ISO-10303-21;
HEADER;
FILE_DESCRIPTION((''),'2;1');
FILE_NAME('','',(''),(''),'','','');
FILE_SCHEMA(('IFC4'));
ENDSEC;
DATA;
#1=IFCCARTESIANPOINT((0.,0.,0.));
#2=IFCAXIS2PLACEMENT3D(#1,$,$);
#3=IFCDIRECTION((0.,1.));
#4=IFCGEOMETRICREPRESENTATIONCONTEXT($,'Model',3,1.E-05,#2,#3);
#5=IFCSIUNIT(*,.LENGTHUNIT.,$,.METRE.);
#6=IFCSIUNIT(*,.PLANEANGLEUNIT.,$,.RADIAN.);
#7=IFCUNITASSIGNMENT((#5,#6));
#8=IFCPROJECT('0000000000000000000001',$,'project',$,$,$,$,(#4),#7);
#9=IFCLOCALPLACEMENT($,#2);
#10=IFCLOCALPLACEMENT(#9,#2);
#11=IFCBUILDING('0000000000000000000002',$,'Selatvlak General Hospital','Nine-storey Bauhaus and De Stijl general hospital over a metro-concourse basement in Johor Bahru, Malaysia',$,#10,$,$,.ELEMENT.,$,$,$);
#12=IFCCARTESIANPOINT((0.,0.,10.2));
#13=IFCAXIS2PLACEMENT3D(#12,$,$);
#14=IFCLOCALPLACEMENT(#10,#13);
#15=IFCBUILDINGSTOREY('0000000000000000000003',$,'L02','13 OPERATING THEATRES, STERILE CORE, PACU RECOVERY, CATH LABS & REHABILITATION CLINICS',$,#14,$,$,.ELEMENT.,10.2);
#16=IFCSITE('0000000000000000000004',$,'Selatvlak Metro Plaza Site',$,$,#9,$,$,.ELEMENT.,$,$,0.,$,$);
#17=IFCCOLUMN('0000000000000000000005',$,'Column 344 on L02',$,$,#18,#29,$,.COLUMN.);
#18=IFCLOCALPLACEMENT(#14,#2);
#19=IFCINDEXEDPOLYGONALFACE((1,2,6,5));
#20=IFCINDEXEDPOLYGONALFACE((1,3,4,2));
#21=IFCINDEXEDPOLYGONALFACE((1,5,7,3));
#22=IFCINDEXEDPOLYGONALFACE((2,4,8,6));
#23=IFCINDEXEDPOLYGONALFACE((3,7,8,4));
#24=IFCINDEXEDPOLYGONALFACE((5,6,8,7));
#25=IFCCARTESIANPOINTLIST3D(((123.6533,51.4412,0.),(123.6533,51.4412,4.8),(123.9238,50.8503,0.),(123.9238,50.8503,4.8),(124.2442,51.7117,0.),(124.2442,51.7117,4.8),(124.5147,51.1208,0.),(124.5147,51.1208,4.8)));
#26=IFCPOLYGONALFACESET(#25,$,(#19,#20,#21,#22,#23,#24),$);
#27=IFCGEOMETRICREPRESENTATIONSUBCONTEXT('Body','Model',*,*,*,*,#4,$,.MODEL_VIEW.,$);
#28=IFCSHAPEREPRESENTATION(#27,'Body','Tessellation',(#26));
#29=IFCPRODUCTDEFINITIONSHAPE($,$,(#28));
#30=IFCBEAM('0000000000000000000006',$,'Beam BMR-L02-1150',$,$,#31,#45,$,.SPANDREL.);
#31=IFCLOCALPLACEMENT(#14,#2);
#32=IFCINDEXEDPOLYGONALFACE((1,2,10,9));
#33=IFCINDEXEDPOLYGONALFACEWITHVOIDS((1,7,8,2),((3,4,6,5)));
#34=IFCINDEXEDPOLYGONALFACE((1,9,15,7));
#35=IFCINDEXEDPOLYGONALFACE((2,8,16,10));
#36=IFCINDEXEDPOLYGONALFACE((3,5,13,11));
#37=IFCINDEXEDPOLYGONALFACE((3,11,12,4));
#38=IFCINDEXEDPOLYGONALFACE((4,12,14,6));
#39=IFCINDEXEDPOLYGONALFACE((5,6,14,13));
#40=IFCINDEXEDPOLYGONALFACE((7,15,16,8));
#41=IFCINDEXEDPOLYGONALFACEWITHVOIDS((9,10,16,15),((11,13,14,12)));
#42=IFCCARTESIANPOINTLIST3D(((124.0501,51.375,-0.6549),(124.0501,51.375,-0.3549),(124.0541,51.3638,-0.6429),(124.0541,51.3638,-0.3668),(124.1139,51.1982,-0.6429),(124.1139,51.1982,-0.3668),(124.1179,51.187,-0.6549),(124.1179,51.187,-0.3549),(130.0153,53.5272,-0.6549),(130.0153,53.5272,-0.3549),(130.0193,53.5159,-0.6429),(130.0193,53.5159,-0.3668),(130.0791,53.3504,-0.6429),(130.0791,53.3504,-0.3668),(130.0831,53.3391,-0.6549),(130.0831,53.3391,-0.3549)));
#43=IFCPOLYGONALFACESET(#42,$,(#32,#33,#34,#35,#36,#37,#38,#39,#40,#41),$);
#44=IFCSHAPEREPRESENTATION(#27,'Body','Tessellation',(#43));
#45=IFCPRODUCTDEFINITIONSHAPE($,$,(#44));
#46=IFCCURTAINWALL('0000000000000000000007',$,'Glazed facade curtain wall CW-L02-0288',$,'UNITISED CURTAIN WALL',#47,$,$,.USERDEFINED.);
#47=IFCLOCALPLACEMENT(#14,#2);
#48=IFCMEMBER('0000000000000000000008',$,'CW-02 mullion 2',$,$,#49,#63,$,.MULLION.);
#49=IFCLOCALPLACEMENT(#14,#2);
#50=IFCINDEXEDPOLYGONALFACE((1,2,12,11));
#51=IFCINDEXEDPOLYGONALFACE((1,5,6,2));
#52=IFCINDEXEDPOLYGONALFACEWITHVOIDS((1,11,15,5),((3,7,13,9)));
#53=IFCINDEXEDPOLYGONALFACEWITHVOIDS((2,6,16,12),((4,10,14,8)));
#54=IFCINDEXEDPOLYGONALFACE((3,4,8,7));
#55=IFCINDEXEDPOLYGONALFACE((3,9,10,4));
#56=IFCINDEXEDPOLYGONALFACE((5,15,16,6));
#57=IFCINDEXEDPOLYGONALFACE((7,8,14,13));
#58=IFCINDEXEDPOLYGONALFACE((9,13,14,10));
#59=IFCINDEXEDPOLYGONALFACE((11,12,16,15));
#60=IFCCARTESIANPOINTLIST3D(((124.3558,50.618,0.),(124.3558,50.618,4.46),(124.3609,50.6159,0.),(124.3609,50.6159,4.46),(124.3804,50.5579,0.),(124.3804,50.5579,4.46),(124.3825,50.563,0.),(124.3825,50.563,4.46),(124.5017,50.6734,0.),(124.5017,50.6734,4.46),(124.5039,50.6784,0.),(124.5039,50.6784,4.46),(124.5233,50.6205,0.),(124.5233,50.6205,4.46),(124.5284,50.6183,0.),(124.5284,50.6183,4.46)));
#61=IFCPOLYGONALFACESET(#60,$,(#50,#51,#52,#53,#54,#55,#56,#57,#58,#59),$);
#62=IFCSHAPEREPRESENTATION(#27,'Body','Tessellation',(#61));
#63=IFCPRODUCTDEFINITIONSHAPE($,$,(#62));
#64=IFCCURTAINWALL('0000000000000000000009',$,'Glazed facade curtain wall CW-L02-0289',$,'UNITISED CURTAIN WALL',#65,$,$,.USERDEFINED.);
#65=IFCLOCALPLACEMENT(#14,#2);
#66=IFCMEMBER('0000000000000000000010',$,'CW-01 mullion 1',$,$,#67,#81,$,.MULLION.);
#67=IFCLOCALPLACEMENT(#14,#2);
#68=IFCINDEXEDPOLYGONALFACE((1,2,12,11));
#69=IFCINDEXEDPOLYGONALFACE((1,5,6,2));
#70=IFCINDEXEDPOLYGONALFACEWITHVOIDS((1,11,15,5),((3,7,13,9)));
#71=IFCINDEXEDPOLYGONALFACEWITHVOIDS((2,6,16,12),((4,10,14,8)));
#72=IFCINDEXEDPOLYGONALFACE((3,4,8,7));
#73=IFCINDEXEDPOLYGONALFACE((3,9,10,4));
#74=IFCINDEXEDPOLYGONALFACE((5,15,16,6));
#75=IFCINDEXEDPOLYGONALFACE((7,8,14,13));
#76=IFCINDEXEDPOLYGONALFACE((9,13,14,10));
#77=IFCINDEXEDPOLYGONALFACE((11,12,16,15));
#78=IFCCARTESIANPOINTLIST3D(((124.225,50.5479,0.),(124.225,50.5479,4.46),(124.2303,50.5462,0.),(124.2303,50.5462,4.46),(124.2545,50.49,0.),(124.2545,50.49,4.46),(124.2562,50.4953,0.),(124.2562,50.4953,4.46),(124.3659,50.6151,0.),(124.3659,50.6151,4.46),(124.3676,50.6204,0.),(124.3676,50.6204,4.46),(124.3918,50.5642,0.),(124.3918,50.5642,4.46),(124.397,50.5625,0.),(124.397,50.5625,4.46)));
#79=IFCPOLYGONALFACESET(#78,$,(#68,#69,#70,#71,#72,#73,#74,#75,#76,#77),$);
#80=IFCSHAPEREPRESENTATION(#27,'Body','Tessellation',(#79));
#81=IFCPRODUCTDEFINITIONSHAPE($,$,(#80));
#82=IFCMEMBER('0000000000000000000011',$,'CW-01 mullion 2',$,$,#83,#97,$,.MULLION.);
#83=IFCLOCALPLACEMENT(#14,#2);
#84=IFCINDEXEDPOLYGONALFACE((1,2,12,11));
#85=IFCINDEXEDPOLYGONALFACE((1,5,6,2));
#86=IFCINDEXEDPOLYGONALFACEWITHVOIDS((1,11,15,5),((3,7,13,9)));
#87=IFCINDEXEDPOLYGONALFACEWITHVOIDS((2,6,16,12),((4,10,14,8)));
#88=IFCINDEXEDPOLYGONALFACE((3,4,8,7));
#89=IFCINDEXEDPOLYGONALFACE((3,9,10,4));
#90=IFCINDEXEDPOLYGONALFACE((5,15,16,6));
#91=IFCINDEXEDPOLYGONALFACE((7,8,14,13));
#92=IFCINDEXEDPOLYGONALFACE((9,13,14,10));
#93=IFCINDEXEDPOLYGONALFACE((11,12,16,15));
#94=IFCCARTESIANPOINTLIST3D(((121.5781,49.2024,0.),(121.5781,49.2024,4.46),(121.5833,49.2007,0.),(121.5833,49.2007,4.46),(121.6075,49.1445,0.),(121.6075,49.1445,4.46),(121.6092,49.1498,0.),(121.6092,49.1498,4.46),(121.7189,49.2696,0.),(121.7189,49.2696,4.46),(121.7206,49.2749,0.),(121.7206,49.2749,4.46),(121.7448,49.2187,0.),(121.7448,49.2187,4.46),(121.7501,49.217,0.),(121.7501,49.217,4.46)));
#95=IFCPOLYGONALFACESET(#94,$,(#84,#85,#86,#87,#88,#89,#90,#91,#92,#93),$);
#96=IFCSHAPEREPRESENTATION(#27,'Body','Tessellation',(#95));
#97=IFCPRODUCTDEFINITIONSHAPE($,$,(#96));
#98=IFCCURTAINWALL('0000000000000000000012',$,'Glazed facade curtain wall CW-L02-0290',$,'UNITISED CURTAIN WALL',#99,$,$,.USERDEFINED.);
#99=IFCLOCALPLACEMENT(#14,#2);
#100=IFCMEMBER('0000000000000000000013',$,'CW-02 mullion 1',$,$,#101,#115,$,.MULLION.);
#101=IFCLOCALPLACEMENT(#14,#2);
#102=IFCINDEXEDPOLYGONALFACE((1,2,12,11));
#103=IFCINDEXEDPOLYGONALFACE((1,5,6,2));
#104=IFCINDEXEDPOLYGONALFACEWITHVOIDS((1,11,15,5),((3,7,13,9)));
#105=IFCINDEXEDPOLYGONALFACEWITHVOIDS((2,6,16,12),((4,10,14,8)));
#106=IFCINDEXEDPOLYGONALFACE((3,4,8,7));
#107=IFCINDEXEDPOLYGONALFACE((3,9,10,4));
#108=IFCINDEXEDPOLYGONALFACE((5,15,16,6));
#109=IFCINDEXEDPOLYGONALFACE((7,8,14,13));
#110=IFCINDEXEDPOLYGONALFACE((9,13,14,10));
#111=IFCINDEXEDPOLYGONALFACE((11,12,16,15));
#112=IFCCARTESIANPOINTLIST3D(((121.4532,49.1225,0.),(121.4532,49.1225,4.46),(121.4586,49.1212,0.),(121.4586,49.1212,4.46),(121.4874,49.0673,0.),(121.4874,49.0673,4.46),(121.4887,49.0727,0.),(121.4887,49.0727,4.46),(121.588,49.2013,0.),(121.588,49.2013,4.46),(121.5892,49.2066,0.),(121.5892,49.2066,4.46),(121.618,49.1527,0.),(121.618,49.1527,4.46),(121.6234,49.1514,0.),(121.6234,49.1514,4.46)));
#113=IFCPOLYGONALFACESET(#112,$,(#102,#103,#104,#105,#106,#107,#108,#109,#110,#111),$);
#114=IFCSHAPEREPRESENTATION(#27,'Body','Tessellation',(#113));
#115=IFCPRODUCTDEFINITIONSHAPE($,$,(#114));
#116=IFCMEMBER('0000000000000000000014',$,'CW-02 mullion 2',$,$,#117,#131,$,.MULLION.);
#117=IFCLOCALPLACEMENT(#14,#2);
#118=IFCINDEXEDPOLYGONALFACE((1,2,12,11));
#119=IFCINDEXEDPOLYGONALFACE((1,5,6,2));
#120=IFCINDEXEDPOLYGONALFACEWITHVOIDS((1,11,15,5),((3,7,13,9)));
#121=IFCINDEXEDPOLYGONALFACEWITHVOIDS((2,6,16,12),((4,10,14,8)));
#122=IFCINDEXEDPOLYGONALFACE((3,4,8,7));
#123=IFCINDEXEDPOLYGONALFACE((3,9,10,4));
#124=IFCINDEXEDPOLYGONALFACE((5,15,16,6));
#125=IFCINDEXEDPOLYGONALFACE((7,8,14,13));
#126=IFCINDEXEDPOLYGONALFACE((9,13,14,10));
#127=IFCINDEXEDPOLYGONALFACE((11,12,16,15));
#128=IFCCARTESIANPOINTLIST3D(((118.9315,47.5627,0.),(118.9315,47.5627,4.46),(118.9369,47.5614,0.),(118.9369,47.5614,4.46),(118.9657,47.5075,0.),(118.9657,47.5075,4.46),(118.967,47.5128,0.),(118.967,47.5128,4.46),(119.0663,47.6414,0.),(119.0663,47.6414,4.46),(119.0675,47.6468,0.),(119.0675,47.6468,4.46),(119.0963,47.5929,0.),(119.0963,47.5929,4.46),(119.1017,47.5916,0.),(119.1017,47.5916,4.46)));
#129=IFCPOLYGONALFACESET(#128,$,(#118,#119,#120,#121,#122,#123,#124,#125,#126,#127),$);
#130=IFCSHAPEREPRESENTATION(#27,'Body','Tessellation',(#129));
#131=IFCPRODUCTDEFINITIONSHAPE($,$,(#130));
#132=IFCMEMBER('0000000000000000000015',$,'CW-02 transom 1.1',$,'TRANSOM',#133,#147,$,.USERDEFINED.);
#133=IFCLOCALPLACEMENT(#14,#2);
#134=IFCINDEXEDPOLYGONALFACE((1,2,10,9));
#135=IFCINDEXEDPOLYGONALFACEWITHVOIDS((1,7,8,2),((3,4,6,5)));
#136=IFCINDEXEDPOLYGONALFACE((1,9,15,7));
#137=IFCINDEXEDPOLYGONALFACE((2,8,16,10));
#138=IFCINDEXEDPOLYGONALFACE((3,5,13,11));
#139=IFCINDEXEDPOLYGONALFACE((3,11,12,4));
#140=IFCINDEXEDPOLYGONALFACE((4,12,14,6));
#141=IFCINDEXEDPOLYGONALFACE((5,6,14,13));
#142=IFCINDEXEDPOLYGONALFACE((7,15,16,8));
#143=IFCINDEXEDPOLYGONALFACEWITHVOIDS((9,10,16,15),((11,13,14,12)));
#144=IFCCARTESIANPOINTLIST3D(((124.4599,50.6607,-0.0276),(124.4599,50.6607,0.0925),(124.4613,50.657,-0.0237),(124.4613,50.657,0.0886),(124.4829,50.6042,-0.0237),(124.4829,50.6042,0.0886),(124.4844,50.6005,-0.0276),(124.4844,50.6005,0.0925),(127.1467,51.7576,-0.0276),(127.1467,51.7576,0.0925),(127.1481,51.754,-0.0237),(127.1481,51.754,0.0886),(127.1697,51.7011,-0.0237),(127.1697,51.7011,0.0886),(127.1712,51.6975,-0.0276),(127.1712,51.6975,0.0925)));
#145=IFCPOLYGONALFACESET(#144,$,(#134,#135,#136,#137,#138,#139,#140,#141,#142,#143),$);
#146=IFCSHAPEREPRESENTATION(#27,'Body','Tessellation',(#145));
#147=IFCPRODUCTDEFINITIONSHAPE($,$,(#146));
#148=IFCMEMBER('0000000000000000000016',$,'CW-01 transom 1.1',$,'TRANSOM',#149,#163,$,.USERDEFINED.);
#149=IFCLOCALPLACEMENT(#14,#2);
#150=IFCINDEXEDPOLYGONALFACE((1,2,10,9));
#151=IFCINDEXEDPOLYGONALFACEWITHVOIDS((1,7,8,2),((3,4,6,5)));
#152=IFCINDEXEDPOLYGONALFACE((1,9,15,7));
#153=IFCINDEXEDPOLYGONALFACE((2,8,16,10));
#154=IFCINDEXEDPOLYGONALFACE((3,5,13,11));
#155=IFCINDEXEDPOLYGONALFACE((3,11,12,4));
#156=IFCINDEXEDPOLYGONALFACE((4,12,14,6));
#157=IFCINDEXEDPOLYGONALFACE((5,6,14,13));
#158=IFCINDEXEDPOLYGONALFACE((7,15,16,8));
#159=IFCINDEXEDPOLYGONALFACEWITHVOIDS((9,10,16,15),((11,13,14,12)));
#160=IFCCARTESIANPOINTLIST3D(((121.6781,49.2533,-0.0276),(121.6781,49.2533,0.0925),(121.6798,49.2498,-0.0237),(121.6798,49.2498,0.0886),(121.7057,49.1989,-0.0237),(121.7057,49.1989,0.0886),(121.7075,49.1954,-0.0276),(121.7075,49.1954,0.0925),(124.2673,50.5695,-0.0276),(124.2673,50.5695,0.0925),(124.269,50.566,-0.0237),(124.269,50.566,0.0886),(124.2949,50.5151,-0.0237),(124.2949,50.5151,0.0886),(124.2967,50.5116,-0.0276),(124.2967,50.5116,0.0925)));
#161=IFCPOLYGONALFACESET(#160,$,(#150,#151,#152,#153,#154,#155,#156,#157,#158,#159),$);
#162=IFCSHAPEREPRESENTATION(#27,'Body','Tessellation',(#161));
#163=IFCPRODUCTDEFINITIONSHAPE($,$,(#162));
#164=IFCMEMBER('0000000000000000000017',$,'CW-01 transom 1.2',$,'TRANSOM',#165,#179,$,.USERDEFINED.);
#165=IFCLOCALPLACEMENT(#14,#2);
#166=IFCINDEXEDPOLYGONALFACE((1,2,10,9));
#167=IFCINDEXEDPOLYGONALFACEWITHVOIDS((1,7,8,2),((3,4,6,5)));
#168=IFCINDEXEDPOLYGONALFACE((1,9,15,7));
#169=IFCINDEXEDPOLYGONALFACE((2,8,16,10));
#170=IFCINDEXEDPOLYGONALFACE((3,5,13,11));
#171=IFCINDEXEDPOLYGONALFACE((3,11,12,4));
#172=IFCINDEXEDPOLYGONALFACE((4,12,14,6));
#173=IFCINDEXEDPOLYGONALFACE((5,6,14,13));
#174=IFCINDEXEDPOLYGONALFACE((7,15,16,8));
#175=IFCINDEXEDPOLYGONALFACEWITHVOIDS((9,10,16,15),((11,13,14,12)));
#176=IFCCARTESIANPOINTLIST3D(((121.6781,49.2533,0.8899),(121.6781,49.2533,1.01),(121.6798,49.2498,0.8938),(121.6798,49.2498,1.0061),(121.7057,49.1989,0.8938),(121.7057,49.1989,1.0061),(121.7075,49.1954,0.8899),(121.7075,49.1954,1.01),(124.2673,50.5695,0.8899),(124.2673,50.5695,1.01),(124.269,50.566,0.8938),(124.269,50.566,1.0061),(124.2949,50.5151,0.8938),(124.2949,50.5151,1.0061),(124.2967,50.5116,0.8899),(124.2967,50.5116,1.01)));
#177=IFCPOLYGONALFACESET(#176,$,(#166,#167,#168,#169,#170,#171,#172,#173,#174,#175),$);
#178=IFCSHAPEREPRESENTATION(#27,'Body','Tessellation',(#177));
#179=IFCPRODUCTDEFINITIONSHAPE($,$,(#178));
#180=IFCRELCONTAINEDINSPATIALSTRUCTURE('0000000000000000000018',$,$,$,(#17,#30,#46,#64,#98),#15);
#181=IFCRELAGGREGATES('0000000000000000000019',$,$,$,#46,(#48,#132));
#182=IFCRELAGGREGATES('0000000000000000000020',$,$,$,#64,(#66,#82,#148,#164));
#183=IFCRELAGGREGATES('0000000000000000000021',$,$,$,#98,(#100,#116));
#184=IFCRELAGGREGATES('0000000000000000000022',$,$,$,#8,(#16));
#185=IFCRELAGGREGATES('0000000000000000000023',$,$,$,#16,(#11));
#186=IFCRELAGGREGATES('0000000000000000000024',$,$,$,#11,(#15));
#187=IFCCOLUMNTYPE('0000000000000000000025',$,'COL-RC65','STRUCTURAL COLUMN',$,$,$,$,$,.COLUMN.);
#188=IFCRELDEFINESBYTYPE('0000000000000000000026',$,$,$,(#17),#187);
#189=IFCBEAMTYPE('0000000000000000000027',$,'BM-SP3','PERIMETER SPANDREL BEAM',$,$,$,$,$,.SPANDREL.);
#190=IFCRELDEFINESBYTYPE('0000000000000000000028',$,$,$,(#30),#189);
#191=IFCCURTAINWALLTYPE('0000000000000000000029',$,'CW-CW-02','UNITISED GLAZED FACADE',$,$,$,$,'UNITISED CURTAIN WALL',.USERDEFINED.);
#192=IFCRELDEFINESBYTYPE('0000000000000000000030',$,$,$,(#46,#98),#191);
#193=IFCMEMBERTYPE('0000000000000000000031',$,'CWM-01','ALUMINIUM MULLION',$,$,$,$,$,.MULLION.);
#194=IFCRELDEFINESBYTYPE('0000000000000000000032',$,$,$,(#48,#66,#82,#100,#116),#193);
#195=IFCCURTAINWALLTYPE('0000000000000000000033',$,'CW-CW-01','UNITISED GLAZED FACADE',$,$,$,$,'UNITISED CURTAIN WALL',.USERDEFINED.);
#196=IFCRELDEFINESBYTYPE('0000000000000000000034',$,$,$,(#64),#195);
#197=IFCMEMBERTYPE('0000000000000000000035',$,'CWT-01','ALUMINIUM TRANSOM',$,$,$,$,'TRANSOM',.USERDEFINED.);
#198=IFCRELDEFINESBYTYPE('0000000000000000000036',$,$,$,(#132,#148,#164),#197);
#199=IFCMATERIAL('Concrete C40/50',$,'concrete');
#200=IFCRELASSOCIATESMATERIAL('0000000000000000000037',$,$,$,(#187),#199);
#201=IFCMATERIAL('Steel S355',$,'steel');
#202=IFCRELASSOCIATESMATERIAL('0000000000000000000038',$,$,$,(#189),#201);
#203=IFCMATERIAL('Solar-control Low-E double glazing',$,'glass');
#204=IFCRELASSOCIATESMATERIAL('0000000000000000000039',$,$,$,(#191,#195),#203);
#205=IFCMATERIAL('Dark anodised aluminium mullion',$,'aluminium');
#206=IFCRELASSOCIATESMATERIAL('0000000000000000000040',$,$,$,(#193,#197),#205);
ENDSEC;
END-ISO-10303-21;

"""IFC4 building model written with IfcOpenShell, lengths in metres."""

from ifc_helpers import new_model, si_unit, direction, frame, origin, origin_2d, place, context, subcontext, project, spatial, rectangle, hollow_rectangle, extrude, material, material_profile, profile_set, type_object, element, aggregate, save


model = new_model("IFC4")

# Units and contexts
model_context = context("Model", 3, precision=1e-05, world=origin(), true_north=direction((0.0, 1.0)))
body_context = subcontext(model_context, "Body", "Model", "MODEL_VIEW")
ifc_project = project(units=[si_unit("LENGTHUNIT", "METRE"), si_unit("PLANEANGLEUNIT", "RADIAN")], contexts=[model_context])

# Site, building, storey
site_placement = place(None, origin())
site = spatial("IfcSite", under=ifc_project, at=site_placement, Name="Selatvlak Metro Plaza Site", CompositionType="ELEMENT", RefElevation=0.0)
building_placement = place(site_placement, origin())
building = spatial("IfcBuilding", under=site, at=building_placement, Name="Selatvlak General Hospital", Description="Nine-storey Bauhaus and De Stijl general hospital over a metro-concourse basement in Johor Bahru, Malaysia", CompositionType="ELEMENT")
storey_placement = place(building_placement, frame((0.0, 0.0, 10.2)))
storey = spatial("IfcBuildingStorey", under=building, at=storey_placement, Name="L02", Description="13 OPERATING THEATRES, STERILE CORE, PACU RECOVERY, CATH LABS & REHABILITATION CLINICS", CompositionType="ELEMENT", Elevation=10.2)

# Column
ifc_material_1 = material(Name="Concrete C40/50", Category="concrete")
ifc_material_profile_1 = material_profile(ifc_material_1, rectangle(XDim=0.6499, YDim=0.6499, at=origin_2d()), Name="RC-COL 650x650")
ifc_profile_set_1 = profile_set([ifc_material_profile_1], Name="Concrete C40/50")
column_type = type_object("IfcColumnType", Name="COL-RC65", Description="STRUCTURAL COLUMN", PredefinedType="COLUMN", material=ifc_profile_set_1)
column_placement = place(storey_placement, frame((124.084, 51.281, 0.0), z_axis=(0.0, 0.0, 1.0), x_axis=(-0.416201, 0.909272, 0.0)))
element("IfcColumn", 1, at=column_placement, inside=storey, type_object=column_type, Name="Column 344 on L02", PredefinedType="COLUMN", context=body_context, shape_type="SweptSolid", body=[
    extrude(rectangle(XDim=0.6499, YDim=0.6499, at=origin_2d()), origin(), (0.0, 0.0, 1.0), 4.8),
])

# Beam
ifc_material_2 = material(Name="Steel S355", Category="steel")
ifc_material_profile_2 = material_profile(ifc_material_2, hollow_rectangle(XDim=0.2, YDim=0.3, WallThickness=0.012, at=origin_2d()), Name="RHS 300x200x12")
ifc_profile_set_2 = profile_set([ifc_material_profile_2], Name="Steel S355")
beam_type = type_object("IfcBeamType", Name="BM-SP3", Description="PERIMETER SPANDREL BEAM", PredefinedType="SPANDREL", material=ifc_profile_set_2)
beam_placement = place(storey_placement, frame((124.084, 51.281, -0.5049), z_axis=(0.940653, 0.339371, 0.0), x_axis=(-0.339371, 0.940653, 0.0)))
element("IfcBeam", 2, at=beam_placement, inside=storey, type_object=beam_type, Name="Beam BMR-L02-1150", PredefinedType="SPANDREL", context=body_context, shape_type="SweptSolid", body=[
    extrude(hollow_rectangle(XDim=0.2, YDim=0.3, WallThickness=0.012, at=origin_2d()), origin(), (0.0, 0.0, 1.0), 6.3416),
])

# Curtain wall, member
ifc_material_3 = material(Name="Solar-control Low-E double glazing", Category="glass")
curtain_wall_type_1 = type_object("IfcCurtainWallType", Name="CW-CW-02", Description="UNITISED GLAZED FACADE", ElementType="UNITISED CURTAIN WALL", PredefinedType="USERDEFINED", material=ifc_material_3)
curtain_wall_1_placement = place(storey_placement, origin())
curtain_wall_1 = element("IfcCurtainWall", 3, at=curtain_wall_1_placement, inside=storey, type_object=curtain_wall_type_1, Name="Glazed facade curtain wall CW-L02-0288", ObjectType="UNITISED CURTAIN WALL", PredefinedType="USERDEFINED")
ifc_material_4 = material(Name="Dark anodised aluminium mullion", Category="aluminium")
ifc_material_profile_3 = material_profile(ifc_material_4, hollow_rectangle(XDim=0.0649, YDim=0.1599, WallThickness=0.0039, at=origin_2d()), Name="AL-MUL 65x160x4")
ifc_profile_set_3 = profile_set([ifc_material_profile_3], Name="Dark anodised aluminium mullion")
member_type_1 = type_object("IfcMemberType", Name="CWM-01", Description="ALUMINIUM MULLION", PredefinedType="MULLION", material=ifc_profile_set_3)
member_1_placement = place(storey_placement, frame((124.4421, 50.6182, 0.0), z_axis=(0.0, 0.0, 1.0), x_axis=(0.377978, -0.925815, 0.0)))
member_1 = element("IfcMember", 4, at=member_1_placement, type_object=member_type_1, Name="CW-02 mullion 2", PredefinedType="MULLION", context=body_context, shape_type="SweptSolid", body=[
    extrude(hollow_rectangle(XDim=0.0649, YDim=0.1599, WallThickness=0.0039, at=origin_2d()), origin(), (0.0, 0.0, 1.0), 4.46),
])

# Curtain walls, members
curtain_wall_type_2 = type_object("IfcCurtainWallType", Name="CW-CW-01", Description="UNITISED GLAZED FACADE", ElementType="UNITISED CURTAIN WALL", PredefinedType="USERDEFINED", material=ifc_material_3)
curtain_wall_2_placement = place(storey_placement, origin())
curtain_wall_2 = element("IfcCurtainWall", 5, at=curtain_wall_2_placement, inside=storey, type_object=curtain_wall_type_2, Name="Glazed facade curtain wall CW-L02-0289", ObjectType="UNITISED CURTAIN WALL", PredefinedType="USERDEFINED")
member_2_placement = place(storey_placement, frame((124.311, 50.5552, 0.0), z_axis=(0.0, 0.0, 1.0), x_axis=(0.453136, -0.891442, 0.0)))
member_2 = element("IfcMember", 6, at=member_2_placement, type_object=member_type_1, Name="CW-01 mullion 1", PredefinedType="MULLION", context=body_context, shape_type="SweptSolid", body=[
    extrude(hollow_rectangle(XDim=0.0649, YDim=0.1599, WallThickness=0.0039, at=origin_2d()), origin(), (0.0, 0.0, 1.0), 4.46),
])
member_3_placement = place(storey_placement, frame((121.6641, 49.2097, 0.0), z_axis=(0.0, 0.0, 1.0), x_axis=(0.453136, -0.891442, 0.0)))
member_3 = element("IfcMember", 7, at=member_3_placement, type_object=member_type_1, Name="CW-01 mullion 2", PredefinedType="MULLION", context=body_context, shape_type="SweptSolid", body=[
    extrude(hollow_rectangle(XDim=0.0649, YDim=0.1599, WallThickness=0.0039, at=origin_2d()), origin(), (0.0, 0.0, 1.0), 4.46),
])
curtain_wall_3_placement = place(storey_placement, origin())
curtain_wall_3 = element("IfcCurtainWall", 8, at=curtain_wall_3_placement, inside=storey, type_object=curtain_wall_type_1, Name="Glazed facade curtain wall CW-L02-0290", ObjectType="UNITISED CURTAIN WALL", PredefinedType="USERDEFINED")
member_4_placement = place(storey_placement, frame((121.5383, 49.137, 0.0), z_axis=(0.0, 0.0, 1.0), x_axis=(0.526048, -0.850455, 0.0)))
member_4 = element("IfcMember", 9, at=member_4_placement, type_object=member_type_1, Name="CW-02 mullion 1", PredefinedType="MULLION", context=body_context, shape_type="SweptSolid", body=[
    extrude(hollow_rectangle(XDim=0.0649, YDim=0.1599, WallThickness=0.0039, at=origin_2d()), origin(), (0.0, 0.0, 1.0), 4.46),
])
member_5_placement = place(storey_placement, frame((119.0166, 47.5771, 0.0), z_axis=(0.0, 0.0, 1.0), x_axis=(0.526048, -0.850455, 0.0)))
member_5 = element("IfcMember", 10, at=member_5_placement, type_object=member_type_1, Name="CW-02 mullion 2", PredefinedType="MULLION", context=body_context, shape_type="SweptSolid", body=[
    extrude(hollow_rectangle(XDim=0.0649, YDim=0.1599, WallThickness=0.0039, at=origin_2d()), origin(), (0.0, 0.0, 1.0), 4.46),
])

# Members
ifc_material_profile_4 = material_profile(ifc_material_4, hollow_rectangle(XDim=0.0649, YDim=0.1201, WallThickness=0.0039, at=origin_2d()), Name="AL-TRN 65x120x4")
ifc_profile_set_4 = profile_set([ifc_material_profile_4], Name="Dark anodised aluminium mullion")
member_type_2 = type_object("IfcMemberType", Name="CWT-01", Description="ALUMINIUM TRANSOM", ElementType="TRANSOM", PredefinedType="USERDEFINED", material=ifc_profile_set_4)
member_6_placement = place(storey_placement, frame((127.1589, 51.7275, 0.0325), z_axis=(-0.925813, -0.377981, 0.0), x_axis=(0.377981, -0.925813, 0.0)))
member_6 = element("IfcMember", 11, at=member_6_placement, type_object=member_type_2, Name="CW-02 transom 1.1", ObjectType="TRANSOM", PredefinedType="USERDEFINED", context=body_context, shape_type="SweptSolid", body=[
    extrude(hollow_rectangle(XDim=0.0649, YDim=0.1201, WallThickness=0.0039, at=origin_2d()), origin(), (0.0, 0.0, 1.0), 2.9021),
])
member_7_placement = place(storey_placement, frame((124.282, 50.5405, 0.0325), z_axis=(-0.891432, -0.453155, 0.0), x_axis=(0.453155, -0.891432, 0.0)))
member_7 = element("IfcMember", 12, at=member_7_placement, type_object=member_type_2, Name="CW-01 transom 1.1", ObjectType="TRANSOM", PredefinedType="USERDEFINED", context=body_context, shape_type="SweptSolid", body=[
    extrude(hollow_rectangle(XDim=0.0649, YDim=0.1201, WallThickness=0.0039, at=origin_2d()), origin(), (0.0, 0.0, 1.0), 2.9045),
])
member_8_placement = place(storey_placement, frame((124.282, 50.5405, 0.95), z_axis=(-0.891432, -0.453155, 0.0), x_axis=(0.453155, -0.891432, 0.0)))
member_8 = element("IfcMember", 13, at=member_8_placement, type_object=member_type_2, Name="CW-01 transom 1.2", ObjectType="TRANSOM", PredefinedType="USERDEFINED", context=body_context, shape_type="SweptSolid", body=[
    extrude(hollow_rectangle(XDim=0.0649, YDim=0.1201, WallThickness=0.0039, at=origin_2d()), origin(), (0.0, 0.0, 1.0), 2.9045),
])

aggregate(curtain_wall_1, [member_1, member_6])
aggregate(curtain_wall_2, [member_2, member_3, member_7, member_8])
aggregate(curtain_wall_3, [member_4, member_5])

save(model, "model.ifc")
